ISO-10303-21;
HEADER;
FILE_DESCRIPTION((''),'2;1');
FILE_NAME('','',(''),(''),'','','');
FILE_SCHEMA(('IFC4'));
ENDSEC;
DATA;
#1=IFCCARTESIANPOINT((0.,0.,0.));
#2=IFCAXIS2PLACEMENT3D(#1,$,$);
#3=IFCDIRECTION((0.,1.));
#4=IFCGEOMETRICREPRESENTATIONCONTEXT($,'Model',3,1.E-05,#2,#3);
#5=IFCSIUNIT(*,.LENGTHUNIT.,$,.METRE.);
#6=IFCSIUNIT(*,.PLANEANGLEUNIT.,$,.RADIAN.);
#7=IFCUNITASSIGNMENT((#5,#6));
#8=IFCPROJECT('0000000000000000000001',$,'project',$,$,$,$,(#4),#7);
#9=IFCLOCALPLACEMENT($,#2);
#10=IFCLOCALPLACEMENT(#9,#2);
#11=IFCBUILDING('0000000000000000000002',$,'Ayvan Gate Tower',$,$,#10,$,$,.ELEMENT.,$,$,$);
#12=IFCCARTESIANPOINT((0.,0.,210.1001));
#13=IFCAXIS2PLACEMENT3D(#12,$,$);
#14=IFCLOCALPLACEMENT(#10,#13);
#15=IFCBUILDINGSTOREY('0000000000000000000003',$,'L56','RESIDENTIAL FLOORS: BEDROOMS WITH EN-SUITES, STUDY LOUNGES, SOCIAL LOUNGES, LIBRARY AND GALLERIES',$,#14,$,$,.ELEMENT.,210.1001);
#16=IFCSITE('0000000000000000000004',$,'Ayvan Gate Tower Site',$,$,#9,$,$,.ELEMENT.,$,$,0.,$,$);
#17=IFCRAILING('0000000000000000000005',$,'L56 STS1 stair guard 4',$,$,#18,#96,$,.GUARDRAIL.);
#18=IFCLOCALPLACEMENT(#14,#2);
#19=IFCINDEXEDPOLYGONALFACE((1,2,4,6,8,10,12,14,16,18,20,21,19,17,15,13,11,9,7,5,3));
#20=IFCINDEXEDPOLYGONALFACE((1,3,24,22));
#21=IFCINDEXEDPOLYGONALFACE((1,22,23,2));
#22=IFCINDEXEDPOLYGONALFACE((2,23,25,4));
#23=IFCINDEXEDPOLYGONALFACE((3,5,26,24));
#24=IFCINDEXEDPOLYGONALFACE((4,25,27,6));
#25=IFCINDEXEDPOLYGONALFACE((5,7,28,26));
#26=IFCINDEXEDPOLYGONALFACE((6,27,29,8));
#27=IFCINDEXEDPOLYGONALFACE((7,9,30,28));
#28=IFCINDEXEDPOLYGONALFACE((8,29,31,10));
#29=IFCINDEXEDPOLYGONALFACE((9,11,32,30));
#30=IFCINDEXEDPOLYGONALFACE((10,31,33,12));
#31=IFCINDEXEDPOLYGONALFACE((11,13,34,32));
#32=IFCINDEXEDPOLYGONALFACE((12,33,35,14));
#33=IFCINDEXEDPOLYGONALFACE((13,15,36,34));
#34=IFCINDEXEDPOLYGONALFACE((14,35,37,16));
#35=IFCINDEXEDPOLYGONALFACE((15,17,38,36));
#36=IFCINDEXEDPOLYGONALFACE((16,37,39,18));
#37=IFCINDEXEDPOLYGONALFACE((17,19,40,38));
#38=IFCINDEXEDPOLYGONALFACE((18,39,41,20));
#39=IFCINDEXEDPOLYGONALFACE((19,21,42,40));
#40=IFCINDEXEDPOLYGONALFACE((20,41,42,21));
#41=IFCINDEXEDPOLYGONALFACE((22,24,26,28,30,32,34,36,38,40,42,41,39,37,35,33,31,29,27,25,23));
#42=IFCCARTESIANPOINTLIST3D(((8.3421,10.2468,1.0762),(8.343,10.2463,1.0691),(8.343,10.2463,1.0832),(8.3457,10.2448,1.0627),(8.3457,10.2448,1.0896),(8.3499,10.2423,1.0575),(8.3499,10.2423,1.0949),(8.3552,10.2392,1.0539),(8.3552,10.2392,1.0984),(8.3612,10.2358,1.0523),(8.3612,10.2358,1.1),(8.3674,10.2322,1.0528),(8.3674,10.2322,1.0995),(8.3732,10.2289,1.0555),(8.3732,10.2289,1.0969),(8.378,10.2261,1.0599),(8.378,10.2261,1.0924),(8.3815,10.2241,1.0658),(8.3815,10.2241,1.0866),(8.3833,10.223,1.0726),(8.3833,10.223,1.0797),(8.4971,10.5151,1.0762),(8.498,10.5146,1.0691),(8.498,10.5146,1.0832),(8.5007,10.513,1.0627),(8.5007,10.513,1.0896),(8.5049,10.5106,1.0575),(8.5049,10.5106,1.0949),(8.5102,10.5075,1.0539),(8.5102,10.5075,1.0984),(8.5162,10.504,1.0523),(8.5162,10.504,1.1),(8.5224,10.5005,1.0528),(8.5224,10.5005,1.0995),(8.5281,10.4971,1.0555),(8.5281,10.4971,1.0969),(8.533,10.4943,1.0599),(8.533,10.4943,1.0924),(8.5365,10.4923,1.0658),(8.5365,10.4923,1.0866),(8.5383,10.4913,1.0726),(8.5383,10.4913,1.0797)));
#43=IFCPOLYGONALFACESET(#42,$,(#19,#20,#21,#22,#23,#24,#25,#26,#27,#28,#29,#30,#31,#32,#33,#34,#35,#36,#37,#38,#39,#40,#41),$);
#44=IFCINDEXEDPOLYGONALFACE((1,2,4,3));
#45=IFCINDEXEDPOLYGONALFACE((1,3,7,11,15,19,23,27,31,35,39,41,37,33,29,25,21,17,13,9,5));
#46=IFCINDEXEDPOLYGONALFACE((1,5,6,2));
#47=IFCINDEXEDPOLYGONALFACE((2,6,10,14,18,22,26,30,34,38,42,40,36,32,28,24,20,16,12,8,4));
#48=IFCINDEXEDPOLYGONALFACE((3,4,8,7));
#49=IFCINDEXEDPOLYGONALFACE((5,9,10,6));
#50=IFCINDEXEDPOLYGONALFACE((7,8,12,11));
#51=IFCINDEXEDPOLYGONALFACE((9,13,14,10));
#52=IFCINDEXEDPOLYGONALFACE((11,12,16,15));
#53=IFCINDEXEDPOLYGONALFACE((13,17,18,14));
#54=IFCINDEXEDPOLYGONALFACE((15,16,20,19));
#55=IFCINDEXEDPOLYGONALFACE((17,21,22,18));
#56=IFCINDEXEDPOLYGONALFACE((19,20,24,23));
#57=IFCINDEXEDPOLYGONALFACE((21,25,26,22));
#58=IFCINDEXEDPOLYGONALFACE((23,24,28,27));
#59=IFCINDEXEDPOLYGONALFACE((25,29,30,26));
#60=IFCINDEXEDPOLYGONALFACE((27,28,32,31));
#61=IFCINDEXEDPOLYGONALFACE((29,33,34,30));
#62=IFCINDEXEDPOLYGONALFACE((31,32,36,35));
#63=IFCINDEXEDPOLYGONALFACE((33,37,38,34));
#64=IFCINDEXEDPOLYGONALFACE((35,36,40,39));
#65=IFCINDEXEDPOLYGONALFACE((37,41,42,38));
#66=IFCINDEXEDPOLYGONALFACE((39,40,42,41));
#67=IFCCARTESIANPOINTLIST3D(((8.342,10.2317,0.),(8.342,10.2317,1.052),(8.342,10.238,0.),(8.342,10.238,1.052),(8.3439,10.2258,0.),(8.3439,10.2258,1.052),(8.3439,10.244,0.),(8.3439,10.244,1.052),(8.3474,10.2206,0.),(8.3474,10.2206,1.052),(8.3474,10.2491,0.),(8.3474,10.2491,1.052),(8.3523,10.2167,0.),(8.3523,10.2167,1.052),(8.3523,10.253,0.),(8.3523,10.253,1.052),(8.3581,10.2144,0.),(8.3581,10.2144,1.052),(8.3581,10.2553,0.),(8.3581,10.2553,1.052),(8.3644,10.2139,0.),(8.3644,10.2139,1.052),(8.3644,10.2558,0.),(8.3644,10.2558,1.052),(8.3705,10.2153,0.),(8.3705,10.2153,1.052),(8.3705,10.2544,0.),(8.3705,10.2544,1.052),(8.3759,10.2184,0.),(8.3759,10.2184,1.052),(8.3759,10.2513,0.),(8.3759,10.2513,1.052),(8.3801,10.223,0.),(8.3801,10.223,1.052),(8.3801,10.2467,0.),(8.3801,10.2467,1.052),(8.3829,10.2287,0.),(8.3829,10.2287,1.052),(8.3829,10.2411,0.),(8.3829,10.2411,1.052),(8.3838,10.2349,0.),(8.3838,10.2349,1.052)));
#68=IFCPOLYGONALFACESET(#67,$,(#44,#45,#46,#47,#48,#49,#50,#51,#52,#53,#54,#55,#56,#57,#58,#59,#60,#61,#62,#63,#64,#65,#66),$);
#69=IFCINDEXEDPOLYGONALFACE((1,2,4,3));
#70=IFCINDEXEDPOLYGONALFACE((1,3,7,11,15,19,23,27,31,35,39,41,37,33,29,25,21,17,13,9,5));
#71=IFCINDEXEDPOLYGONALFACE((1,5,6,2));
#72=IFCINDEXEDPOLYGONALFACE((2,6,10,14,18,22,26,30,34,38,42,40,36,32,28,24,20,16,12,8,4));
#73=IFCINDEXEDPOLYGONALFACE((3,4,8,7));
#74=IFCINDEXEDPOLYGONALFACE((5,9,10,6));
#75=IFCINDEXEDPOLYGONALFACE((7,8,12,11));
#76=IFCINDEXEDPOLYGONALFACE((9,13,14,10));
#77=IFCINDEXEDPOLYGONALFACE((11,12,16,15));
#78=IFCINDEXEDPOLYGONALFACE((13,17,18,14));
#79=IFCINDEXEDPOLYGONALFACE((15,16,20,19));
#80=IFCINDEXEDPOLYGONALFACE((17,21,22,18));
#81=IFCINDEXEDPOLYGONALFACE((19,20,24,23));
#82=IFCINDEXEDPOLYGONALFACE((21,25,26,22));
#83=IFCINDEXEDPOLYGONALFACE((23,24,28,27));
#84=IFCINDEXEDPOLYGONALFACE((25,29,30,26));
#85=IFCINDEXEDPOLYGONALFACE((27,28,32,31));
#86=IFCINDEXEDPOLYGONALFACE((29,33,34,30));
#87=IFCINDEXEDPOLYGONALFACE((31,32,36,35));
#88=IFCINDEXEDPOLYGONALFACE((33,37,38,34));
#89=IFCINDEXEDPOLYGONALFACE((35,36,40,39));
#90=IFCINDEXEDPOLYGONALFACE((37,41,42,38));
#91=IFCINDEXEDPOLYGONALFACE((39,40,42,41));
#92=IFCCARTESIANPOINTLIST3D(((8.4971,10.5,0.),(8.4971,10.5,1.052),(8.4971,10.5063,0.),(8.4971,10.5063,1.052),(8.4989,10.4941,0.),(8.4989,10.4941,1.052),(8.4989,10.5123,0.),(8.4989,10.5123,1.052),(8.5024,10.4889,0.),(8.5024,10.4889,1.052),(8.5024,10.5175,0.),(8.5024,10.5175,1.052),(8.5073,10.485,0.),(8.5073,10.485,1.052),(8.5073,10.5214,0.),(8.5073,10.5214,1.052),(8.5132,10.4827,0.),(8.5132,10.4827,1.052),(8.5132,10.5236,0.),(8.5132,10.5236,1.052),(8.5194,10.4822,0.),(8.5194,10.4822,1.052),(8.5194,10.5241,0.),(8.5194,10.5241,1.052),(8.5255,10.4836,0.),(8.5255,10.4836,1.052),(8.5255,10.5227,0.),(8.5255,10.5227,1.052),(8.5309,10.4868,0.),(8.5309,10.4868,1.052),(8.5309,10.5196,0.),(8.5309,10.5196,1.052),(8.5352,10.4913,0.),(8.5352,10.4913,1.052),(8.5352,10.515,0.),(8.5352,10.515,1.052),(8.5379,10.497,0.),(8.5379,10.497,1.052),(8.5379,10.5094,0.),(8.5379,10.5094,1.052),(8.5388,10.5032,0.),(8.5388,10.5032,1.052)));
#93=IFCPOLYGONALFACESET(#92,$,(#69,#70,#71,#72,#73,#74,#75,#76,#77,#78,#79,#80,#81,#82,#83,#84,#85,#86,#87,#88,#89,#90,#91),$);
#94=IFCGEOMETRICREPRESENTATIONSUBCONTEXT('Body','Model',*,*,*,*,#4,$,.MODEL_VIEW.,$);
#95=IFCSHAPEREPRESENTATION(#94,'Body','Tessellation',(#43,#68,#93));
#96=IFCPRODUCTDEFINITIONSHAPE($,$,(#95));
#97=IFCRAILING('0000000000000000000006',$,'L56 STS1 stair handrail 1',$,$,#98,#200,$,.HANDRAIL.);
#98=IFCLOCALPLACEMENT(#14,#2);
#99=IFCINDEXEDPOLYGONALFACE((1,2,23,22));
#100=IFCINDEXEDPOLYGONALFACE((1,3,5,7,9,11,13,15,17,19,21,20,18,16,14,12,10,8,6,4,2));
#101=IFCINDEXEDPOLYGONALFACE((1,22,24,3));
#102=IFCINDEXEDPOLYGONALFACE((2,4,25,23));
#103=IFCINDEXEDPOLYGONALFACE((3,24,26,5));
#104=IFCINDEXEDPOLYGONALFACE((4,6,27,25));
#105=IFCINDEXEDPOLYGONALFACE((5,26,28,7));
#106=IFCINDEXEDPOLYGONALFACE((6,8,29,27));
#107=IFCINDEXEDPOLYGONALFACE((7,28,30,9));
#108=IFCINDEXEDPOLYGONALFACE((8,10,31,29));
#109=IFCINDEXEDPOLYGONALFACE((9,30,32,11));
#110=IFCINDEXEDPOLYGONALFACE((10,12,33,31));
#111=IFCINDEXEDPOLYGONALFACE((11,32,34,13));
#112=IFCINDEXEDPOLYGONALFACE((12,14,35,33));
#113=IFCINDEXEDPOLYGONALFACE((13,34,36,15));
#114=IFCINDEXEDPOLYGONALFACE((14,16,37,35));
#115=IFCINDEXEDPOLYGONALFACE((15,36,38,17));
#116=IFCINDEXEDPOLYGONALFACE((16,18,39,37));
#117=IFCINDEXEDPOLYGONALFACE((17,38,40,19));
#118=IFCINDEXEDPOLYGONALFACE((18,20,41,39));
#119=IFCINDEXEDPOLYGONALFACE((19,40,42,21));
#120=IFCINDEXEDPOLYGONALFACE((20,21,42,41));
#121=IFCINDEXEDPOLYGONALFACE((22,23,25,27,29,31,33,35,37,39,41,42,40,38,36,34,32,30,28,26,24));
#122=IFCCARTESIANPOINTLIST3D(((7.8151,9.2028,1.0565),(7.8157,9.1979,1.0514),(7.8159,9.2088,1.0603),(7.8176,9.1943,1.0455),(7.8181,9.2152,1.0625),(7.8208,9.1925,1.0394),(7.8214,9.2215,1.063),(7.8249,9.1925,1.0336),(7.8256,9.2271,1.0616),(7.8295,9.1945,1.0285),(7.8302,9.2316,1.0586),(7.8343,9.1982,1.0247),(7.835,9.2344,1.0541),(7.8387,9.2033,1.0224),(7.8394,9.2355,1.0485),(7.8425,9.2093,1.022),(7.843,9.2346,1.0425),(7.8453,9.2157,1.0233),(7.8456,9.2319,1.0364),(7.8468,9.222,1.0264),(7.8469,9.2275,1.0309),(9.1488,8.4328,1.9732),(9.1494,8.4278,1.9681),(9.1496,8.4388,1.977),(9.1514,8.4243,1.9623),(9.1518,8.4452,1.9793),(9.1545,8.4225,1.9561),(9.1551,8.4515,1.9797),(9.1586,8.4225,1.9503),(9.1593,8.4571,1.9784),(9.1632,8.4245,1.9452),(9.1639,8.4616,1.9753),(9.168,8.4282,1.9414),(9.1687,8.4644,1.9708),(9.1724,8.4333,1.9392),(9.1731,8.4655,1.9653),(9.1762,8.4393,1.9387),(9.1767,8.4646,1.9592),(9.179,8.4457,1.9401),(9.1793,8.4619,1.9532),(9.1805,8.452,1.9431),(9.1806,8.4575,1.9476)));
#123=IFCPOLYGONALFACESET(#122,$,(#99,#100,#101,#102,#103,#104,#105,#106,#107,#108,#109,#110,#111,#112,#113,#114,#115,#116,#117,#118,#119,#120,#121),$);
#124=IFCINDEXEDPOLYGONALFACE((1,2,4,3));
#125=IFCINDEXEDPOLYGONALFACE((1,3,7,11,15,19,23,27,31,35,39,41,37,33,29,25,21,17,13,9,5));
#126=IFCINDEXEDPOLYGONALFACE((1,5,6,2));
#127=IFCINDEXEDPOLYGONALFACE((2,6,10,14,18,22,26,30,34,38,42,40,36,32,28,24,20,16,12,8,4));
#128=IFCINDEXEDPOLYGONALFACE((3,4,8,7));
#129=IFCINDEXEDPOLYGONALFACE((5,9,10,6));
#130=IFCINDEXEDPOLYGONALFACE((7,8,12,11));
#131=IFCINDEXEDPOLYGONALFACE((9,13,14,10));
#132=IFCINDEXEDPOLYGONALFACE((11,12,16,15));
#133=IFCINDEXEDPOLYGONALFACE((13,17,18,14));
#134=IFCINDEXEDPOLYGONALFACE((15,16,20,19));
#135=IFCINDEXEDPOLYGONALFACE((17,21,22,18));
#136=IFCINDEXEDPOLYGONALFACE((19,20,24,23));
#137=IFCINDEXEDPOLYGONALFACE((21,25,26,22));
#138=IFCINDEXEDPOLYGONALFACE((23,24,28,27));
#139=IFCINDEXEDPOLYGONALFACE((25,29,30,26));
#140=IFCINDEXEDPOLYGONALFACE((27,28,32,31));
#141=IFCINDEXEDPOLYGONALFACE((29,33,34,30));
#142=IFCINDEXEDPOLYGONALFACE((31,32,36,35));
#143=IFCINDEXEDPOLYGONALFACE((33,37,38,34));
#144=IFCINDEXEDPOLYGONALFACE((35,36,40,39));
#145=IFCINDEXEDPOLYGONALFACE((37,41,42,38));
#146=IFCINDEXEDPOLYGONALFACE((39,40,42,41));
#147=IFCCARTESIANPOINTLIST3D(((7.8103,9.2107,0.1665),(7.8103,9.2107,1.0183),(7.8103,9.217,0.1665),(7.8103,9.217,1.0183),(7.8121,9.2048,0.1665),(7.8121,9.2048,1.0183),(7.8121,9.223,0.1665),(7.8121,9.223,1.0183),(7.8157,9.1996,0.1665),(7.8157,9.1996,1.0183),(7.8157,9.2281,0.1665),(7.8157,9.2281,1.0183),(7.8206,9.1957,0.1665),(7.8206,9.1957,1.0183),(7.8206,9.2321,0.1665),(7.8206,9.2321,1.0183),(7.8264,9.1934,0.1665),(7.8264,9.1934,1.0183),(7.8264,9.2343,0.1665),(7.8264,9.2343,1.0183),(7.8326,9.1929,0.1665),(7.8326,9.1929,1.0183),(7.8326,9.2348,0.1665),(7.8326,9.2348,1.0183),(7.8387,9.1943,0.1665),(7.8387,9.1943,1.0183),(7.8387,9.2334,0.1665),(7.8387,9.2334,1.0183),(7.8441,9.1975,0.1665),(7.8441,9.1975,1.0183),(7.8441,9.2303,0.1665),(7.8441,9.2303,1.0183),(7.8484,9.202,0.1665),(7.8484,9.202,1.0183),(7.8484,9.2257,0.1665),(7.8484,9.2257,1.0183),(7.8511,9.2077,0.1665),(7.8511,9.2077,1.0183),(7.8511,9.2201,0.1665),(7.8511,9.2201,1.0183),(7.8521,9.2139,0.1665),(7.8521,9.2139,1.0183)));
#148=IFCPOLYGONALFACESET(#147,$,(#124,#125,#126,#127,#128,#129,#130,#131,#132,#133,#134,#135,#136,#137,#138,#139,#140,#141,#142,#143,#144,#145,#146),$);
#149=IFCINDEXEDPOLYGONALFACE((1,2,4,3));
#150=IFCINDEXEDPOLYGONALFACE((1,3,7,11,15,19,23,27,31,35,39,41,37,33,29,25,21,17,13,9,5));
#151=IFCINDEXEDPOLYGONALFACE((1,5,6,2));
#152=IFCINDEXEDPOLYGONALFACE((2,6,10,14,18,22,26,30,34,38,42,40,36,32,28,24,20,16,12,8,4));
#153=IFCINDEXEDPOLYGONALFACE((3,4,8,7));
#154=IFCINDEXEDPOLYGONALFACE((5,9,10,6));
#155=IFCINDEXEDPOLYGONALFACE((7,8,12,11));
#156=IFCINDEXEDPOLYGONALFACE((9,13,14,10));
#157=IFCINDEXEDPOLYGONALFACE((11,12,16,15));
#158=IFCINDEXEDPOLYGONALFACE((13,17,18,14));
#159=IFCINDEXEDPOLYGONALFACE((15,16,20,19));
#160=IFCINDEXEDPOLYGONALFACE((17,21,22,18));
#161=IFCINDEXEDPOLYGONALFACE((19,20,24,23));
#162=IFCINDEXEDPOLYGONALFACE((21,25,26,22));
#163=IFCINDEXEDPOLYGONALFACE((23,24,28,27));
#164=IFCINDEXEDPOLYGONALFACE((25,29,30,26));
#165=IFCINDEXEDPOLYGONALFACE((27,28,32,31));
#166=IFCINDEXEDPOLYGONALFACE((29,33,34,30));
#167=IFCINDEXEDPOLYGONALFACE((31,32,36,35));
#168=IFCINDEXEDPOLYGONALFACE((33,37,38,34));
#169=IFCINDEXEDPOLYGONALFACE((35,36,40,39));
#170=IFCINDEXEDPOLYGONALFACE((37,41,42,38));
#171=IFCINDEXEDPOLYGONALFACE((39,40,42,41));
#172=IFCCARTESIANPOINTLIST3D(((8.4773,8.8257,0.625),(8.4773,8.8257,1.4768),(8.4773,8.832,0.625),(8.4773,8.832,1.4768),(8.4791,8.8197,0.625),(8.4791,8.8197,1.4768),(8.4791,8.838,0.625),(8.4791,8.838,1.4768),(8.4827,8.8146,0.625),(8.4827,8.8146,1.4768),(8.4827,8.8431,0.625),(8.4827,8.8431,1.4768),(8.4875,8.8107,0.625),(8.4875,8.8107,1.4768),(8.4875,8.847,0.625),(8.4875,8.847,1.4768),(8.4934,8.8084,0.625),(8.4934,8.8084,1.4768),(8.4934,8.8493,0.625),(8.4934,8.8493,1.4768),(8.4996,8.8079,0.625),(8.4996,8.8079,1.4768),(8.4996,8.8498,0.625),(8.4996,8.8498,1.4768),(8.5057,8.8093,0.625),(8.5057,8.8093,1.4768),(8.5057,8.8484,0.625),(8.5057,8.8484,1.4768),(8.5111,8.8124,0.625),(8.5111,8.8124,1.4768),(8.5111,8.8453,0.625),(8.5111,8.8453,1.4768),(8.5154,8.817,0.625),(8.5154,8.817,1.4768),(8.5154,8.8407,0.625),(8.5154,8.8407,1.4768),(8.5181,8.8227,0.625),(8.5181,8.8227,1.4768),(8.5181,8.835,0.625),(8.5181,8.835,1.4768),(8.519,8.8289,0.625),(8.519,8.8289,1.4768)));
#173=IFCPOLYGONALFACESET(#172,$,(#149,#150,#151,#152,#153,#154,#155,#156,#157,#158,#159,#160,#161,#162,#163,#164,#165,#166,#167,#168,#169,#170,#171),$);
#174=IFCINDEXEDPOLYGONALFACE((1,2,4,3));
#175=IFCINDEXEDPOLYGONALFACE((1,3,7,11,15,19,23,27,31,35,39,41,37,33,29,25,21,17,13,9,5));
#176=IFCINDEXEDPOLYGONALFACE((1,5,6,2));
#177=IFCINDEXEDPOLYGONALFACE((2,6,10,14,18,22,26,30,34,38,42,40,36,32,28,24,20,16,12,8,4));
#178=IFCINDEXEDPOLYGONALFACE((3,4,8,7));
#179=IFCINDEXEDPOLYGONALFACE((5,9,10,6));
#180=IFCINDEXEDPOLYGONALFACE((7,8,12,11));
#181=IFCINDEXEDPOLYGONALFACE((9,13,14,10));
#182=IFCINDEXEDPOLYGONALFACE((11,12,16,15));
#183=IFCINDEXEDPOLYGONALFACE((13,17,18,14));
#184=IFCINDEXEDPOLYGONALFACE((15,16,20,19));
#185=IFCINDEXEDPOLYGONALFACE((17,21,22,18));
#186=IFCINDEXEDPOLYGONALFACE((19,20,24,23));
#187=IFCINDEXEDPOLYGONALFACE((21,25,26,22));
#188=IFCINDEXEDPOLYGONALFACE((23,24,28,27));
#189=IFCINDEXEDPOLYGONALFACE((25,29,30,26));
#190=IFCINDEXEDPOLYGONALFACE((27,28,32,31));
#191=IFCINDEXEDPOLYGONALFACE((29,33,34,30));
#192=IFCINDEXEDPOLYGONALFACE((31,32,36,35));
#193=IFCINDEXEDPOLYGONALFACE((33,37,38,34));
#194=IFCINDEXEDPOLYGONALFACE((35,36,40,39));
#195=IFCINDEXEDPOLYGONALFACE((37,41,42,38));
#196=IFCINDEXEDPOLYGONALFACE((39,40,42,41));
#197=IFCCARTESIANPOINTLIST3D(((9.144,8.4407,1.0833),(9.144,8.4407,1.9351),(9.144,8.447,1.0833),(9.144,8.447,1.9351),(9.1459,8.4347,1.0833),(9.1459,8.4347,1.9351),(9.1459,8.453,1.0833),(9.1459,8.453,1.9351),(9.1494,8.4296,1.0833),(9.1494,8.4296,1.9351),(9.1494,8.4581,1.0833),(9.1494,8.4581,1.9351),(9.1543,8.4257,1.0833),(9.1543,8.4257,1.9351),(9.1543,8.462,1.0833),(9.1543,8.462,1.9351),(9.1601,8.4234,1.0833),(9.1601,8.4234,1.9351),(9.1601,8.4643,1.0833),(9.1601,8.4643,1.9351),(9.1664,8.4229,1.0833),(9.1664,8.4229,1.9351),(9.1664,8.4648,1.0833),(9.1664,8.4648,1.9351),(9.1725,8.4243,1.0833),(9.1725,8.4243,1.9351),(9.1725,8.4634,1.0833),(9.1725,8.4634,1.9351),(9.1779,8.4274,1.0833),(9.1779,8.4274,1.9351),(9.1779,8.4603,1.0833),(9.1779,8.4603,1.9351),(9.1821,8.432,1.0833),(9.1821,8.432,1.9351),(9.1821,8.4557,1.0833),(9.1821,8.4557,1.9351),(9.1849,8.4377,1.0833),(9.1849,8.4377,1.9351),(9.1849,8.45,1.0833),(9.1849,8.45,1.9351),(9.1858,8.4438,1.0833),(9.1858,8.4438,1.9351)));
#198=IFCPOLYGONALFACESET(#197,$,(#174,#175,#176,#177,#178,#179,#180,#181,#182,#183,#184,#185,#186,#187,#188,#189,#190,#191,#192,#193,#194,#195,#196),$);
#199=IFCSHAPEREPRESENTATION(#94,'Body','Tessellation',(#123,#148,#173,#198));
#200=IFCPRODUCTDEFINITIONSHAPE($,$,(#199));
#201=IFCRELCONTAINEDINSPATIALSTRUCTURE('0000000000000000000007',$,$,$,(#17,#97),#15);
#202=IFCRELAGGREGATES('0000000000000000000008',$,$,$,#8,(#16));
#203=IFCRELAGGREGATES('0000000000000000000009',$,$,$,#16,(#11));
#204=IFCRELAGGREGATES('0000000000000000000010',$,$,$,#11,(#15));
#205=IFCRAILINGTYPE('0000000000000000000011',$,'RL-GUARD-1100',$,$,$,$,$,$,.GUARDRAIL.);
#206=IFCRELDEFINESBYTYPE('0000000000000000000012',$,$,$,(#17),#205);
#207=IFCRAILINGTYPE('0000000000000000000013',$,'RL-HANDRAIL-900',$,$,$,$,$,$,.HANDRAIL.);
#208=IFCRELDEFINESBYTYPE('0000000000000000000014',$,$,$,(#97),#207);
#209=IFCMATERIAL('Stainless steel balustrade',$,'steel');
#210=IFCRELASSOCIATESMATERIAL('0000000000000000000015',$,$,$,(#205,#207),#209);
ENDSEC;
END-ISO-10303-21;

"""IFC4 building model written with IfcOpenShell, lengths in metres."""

from ifc_helpers import new_model, si_unit, direction, frame, origin, origin_2d, place, context, subcontext, project, spatial, circle, extrude, material, type_object, element, save


model = new_model("IFC4")

# Units and contexts
model_context = context("Model", 3, precision=1e-05, world=origin(), true_north=direction((0.0, 1.0)))
body_context = subcontext(model_context, "Body", "Model", "MODEL_VIEW")
ifc_project = project(units=[si_unit("LENGTHUNIT", "METRE"), si_unit("PLANEANGLEUNIT", "RADIAN")], contexts=[model_context])

# Site, building, storey
site_placement = place(None, origin())
site = spatial("IfcSite", under=ifc_project, at=site_placement, Name="Ayvan Gate Tower Site", CompositionType="ELEMENT", RefElevation=0.0)
building_placement = place(site_placement, origin())
building = spatial("IfcBuilding", under=site, at=building_placement, Name="Ayvan Gate Tower", CompositionType="ELEMENT")
storey_placement = place(building_placement, frame((0.0, 0.0, 210.1001)))
storey = spatial("IfcBuildingStorey", under=building, at=storey_placement, Name="L56", Description="RESIDENTIAL FLOORS: BEDROOMS WITH EN-SUITES, STUDY LOUNGES, SOCIAL LOUNGES, LIBRARY AND GALLERIES", CompositionType="ELEMENT", Elevation=210.1001)

# Railings
ifc_material_1 = material(Name="Stainless steel balustrade", Category="steel")
railing_type_1 = type_object("IfcRailingType", Name="RL-GUARD-1100", PredefinedType="GUARDRAIL", material=ifc_material_1)
railing_1_placement = place(storey_placement, frame((8.3628, 10.2349, 0.0)))
element("IfcRailing", 1, at=railing_1_placement, inside=storey, type_object=railing_type_1, Name="L56 STS1 stair guard 4", PredefinedType="GUARDRAIL", context=body_context, shape_type="SweptSolid", body=[
    extrude(circle(Radius=0.0239, at=origin_2d()), frame((0.0, 0.0, 1.0762), z_axis=(0.500291, 0.865857, 0.0), x_axis=(-0.865857, 0.500291, 0.0)), (0.0, 0.0, 1.0), 0.3098),
    extrude(circle(Radius=0.021, at=origin_2d()), origin(), (0.0, 0.0, 1.0), 1.052),
    extrude(circle(Radius=0.021, at=origin_2d()), frame((0.155, 0.2683, 0.0)), (0.0, 0.0, 1.0), 1.052),
])
railing_type_2 = type_object("IfcRailingType", Name="RL-HANDRAIL-900", PredefinedType="HANDRAIL", material=ifc_material_1)
railing_2_placement = place(storey_placement, frame((7.8311, 9.2139, 0.1665)))
element("IfcRailing", 2, at=railing_2_placement, inside=storey, type_object=railing_type_2, Name="L56 STS1 stair handrail 1", PredefinedType="HANDRAIL", context=body_context, shape_type="SweptSolid", body=[
    extrude(circle(Radius=0.0239, at=origin_2d()), frame((0.0, 0.0, 0.876), z_axis=(0.744164, -0.429634, 0.511502), x_axis=(0.499992, 0.86603, 0.0)), (0.0, 0.0, 1.0), 1.7922),
    extrude(circle(Radius=0.021, at=origin_2d()), origin(), (0.0, 0.0, 1.0), 0.8518),
    extrude(circle(Radius=0.021, at=origin_2d()), frame((0.667, -0.385, 0.4585)), (0.0, 0.0, 1.0), 0.8518),
    extrude(circle(Radius=0.021, at=origin_2d()), frame((1.3337, -0.77, 0.9167)), (0.0, 0.0, 1.0), 0.8518),
])

save(model, "model.ifc")
